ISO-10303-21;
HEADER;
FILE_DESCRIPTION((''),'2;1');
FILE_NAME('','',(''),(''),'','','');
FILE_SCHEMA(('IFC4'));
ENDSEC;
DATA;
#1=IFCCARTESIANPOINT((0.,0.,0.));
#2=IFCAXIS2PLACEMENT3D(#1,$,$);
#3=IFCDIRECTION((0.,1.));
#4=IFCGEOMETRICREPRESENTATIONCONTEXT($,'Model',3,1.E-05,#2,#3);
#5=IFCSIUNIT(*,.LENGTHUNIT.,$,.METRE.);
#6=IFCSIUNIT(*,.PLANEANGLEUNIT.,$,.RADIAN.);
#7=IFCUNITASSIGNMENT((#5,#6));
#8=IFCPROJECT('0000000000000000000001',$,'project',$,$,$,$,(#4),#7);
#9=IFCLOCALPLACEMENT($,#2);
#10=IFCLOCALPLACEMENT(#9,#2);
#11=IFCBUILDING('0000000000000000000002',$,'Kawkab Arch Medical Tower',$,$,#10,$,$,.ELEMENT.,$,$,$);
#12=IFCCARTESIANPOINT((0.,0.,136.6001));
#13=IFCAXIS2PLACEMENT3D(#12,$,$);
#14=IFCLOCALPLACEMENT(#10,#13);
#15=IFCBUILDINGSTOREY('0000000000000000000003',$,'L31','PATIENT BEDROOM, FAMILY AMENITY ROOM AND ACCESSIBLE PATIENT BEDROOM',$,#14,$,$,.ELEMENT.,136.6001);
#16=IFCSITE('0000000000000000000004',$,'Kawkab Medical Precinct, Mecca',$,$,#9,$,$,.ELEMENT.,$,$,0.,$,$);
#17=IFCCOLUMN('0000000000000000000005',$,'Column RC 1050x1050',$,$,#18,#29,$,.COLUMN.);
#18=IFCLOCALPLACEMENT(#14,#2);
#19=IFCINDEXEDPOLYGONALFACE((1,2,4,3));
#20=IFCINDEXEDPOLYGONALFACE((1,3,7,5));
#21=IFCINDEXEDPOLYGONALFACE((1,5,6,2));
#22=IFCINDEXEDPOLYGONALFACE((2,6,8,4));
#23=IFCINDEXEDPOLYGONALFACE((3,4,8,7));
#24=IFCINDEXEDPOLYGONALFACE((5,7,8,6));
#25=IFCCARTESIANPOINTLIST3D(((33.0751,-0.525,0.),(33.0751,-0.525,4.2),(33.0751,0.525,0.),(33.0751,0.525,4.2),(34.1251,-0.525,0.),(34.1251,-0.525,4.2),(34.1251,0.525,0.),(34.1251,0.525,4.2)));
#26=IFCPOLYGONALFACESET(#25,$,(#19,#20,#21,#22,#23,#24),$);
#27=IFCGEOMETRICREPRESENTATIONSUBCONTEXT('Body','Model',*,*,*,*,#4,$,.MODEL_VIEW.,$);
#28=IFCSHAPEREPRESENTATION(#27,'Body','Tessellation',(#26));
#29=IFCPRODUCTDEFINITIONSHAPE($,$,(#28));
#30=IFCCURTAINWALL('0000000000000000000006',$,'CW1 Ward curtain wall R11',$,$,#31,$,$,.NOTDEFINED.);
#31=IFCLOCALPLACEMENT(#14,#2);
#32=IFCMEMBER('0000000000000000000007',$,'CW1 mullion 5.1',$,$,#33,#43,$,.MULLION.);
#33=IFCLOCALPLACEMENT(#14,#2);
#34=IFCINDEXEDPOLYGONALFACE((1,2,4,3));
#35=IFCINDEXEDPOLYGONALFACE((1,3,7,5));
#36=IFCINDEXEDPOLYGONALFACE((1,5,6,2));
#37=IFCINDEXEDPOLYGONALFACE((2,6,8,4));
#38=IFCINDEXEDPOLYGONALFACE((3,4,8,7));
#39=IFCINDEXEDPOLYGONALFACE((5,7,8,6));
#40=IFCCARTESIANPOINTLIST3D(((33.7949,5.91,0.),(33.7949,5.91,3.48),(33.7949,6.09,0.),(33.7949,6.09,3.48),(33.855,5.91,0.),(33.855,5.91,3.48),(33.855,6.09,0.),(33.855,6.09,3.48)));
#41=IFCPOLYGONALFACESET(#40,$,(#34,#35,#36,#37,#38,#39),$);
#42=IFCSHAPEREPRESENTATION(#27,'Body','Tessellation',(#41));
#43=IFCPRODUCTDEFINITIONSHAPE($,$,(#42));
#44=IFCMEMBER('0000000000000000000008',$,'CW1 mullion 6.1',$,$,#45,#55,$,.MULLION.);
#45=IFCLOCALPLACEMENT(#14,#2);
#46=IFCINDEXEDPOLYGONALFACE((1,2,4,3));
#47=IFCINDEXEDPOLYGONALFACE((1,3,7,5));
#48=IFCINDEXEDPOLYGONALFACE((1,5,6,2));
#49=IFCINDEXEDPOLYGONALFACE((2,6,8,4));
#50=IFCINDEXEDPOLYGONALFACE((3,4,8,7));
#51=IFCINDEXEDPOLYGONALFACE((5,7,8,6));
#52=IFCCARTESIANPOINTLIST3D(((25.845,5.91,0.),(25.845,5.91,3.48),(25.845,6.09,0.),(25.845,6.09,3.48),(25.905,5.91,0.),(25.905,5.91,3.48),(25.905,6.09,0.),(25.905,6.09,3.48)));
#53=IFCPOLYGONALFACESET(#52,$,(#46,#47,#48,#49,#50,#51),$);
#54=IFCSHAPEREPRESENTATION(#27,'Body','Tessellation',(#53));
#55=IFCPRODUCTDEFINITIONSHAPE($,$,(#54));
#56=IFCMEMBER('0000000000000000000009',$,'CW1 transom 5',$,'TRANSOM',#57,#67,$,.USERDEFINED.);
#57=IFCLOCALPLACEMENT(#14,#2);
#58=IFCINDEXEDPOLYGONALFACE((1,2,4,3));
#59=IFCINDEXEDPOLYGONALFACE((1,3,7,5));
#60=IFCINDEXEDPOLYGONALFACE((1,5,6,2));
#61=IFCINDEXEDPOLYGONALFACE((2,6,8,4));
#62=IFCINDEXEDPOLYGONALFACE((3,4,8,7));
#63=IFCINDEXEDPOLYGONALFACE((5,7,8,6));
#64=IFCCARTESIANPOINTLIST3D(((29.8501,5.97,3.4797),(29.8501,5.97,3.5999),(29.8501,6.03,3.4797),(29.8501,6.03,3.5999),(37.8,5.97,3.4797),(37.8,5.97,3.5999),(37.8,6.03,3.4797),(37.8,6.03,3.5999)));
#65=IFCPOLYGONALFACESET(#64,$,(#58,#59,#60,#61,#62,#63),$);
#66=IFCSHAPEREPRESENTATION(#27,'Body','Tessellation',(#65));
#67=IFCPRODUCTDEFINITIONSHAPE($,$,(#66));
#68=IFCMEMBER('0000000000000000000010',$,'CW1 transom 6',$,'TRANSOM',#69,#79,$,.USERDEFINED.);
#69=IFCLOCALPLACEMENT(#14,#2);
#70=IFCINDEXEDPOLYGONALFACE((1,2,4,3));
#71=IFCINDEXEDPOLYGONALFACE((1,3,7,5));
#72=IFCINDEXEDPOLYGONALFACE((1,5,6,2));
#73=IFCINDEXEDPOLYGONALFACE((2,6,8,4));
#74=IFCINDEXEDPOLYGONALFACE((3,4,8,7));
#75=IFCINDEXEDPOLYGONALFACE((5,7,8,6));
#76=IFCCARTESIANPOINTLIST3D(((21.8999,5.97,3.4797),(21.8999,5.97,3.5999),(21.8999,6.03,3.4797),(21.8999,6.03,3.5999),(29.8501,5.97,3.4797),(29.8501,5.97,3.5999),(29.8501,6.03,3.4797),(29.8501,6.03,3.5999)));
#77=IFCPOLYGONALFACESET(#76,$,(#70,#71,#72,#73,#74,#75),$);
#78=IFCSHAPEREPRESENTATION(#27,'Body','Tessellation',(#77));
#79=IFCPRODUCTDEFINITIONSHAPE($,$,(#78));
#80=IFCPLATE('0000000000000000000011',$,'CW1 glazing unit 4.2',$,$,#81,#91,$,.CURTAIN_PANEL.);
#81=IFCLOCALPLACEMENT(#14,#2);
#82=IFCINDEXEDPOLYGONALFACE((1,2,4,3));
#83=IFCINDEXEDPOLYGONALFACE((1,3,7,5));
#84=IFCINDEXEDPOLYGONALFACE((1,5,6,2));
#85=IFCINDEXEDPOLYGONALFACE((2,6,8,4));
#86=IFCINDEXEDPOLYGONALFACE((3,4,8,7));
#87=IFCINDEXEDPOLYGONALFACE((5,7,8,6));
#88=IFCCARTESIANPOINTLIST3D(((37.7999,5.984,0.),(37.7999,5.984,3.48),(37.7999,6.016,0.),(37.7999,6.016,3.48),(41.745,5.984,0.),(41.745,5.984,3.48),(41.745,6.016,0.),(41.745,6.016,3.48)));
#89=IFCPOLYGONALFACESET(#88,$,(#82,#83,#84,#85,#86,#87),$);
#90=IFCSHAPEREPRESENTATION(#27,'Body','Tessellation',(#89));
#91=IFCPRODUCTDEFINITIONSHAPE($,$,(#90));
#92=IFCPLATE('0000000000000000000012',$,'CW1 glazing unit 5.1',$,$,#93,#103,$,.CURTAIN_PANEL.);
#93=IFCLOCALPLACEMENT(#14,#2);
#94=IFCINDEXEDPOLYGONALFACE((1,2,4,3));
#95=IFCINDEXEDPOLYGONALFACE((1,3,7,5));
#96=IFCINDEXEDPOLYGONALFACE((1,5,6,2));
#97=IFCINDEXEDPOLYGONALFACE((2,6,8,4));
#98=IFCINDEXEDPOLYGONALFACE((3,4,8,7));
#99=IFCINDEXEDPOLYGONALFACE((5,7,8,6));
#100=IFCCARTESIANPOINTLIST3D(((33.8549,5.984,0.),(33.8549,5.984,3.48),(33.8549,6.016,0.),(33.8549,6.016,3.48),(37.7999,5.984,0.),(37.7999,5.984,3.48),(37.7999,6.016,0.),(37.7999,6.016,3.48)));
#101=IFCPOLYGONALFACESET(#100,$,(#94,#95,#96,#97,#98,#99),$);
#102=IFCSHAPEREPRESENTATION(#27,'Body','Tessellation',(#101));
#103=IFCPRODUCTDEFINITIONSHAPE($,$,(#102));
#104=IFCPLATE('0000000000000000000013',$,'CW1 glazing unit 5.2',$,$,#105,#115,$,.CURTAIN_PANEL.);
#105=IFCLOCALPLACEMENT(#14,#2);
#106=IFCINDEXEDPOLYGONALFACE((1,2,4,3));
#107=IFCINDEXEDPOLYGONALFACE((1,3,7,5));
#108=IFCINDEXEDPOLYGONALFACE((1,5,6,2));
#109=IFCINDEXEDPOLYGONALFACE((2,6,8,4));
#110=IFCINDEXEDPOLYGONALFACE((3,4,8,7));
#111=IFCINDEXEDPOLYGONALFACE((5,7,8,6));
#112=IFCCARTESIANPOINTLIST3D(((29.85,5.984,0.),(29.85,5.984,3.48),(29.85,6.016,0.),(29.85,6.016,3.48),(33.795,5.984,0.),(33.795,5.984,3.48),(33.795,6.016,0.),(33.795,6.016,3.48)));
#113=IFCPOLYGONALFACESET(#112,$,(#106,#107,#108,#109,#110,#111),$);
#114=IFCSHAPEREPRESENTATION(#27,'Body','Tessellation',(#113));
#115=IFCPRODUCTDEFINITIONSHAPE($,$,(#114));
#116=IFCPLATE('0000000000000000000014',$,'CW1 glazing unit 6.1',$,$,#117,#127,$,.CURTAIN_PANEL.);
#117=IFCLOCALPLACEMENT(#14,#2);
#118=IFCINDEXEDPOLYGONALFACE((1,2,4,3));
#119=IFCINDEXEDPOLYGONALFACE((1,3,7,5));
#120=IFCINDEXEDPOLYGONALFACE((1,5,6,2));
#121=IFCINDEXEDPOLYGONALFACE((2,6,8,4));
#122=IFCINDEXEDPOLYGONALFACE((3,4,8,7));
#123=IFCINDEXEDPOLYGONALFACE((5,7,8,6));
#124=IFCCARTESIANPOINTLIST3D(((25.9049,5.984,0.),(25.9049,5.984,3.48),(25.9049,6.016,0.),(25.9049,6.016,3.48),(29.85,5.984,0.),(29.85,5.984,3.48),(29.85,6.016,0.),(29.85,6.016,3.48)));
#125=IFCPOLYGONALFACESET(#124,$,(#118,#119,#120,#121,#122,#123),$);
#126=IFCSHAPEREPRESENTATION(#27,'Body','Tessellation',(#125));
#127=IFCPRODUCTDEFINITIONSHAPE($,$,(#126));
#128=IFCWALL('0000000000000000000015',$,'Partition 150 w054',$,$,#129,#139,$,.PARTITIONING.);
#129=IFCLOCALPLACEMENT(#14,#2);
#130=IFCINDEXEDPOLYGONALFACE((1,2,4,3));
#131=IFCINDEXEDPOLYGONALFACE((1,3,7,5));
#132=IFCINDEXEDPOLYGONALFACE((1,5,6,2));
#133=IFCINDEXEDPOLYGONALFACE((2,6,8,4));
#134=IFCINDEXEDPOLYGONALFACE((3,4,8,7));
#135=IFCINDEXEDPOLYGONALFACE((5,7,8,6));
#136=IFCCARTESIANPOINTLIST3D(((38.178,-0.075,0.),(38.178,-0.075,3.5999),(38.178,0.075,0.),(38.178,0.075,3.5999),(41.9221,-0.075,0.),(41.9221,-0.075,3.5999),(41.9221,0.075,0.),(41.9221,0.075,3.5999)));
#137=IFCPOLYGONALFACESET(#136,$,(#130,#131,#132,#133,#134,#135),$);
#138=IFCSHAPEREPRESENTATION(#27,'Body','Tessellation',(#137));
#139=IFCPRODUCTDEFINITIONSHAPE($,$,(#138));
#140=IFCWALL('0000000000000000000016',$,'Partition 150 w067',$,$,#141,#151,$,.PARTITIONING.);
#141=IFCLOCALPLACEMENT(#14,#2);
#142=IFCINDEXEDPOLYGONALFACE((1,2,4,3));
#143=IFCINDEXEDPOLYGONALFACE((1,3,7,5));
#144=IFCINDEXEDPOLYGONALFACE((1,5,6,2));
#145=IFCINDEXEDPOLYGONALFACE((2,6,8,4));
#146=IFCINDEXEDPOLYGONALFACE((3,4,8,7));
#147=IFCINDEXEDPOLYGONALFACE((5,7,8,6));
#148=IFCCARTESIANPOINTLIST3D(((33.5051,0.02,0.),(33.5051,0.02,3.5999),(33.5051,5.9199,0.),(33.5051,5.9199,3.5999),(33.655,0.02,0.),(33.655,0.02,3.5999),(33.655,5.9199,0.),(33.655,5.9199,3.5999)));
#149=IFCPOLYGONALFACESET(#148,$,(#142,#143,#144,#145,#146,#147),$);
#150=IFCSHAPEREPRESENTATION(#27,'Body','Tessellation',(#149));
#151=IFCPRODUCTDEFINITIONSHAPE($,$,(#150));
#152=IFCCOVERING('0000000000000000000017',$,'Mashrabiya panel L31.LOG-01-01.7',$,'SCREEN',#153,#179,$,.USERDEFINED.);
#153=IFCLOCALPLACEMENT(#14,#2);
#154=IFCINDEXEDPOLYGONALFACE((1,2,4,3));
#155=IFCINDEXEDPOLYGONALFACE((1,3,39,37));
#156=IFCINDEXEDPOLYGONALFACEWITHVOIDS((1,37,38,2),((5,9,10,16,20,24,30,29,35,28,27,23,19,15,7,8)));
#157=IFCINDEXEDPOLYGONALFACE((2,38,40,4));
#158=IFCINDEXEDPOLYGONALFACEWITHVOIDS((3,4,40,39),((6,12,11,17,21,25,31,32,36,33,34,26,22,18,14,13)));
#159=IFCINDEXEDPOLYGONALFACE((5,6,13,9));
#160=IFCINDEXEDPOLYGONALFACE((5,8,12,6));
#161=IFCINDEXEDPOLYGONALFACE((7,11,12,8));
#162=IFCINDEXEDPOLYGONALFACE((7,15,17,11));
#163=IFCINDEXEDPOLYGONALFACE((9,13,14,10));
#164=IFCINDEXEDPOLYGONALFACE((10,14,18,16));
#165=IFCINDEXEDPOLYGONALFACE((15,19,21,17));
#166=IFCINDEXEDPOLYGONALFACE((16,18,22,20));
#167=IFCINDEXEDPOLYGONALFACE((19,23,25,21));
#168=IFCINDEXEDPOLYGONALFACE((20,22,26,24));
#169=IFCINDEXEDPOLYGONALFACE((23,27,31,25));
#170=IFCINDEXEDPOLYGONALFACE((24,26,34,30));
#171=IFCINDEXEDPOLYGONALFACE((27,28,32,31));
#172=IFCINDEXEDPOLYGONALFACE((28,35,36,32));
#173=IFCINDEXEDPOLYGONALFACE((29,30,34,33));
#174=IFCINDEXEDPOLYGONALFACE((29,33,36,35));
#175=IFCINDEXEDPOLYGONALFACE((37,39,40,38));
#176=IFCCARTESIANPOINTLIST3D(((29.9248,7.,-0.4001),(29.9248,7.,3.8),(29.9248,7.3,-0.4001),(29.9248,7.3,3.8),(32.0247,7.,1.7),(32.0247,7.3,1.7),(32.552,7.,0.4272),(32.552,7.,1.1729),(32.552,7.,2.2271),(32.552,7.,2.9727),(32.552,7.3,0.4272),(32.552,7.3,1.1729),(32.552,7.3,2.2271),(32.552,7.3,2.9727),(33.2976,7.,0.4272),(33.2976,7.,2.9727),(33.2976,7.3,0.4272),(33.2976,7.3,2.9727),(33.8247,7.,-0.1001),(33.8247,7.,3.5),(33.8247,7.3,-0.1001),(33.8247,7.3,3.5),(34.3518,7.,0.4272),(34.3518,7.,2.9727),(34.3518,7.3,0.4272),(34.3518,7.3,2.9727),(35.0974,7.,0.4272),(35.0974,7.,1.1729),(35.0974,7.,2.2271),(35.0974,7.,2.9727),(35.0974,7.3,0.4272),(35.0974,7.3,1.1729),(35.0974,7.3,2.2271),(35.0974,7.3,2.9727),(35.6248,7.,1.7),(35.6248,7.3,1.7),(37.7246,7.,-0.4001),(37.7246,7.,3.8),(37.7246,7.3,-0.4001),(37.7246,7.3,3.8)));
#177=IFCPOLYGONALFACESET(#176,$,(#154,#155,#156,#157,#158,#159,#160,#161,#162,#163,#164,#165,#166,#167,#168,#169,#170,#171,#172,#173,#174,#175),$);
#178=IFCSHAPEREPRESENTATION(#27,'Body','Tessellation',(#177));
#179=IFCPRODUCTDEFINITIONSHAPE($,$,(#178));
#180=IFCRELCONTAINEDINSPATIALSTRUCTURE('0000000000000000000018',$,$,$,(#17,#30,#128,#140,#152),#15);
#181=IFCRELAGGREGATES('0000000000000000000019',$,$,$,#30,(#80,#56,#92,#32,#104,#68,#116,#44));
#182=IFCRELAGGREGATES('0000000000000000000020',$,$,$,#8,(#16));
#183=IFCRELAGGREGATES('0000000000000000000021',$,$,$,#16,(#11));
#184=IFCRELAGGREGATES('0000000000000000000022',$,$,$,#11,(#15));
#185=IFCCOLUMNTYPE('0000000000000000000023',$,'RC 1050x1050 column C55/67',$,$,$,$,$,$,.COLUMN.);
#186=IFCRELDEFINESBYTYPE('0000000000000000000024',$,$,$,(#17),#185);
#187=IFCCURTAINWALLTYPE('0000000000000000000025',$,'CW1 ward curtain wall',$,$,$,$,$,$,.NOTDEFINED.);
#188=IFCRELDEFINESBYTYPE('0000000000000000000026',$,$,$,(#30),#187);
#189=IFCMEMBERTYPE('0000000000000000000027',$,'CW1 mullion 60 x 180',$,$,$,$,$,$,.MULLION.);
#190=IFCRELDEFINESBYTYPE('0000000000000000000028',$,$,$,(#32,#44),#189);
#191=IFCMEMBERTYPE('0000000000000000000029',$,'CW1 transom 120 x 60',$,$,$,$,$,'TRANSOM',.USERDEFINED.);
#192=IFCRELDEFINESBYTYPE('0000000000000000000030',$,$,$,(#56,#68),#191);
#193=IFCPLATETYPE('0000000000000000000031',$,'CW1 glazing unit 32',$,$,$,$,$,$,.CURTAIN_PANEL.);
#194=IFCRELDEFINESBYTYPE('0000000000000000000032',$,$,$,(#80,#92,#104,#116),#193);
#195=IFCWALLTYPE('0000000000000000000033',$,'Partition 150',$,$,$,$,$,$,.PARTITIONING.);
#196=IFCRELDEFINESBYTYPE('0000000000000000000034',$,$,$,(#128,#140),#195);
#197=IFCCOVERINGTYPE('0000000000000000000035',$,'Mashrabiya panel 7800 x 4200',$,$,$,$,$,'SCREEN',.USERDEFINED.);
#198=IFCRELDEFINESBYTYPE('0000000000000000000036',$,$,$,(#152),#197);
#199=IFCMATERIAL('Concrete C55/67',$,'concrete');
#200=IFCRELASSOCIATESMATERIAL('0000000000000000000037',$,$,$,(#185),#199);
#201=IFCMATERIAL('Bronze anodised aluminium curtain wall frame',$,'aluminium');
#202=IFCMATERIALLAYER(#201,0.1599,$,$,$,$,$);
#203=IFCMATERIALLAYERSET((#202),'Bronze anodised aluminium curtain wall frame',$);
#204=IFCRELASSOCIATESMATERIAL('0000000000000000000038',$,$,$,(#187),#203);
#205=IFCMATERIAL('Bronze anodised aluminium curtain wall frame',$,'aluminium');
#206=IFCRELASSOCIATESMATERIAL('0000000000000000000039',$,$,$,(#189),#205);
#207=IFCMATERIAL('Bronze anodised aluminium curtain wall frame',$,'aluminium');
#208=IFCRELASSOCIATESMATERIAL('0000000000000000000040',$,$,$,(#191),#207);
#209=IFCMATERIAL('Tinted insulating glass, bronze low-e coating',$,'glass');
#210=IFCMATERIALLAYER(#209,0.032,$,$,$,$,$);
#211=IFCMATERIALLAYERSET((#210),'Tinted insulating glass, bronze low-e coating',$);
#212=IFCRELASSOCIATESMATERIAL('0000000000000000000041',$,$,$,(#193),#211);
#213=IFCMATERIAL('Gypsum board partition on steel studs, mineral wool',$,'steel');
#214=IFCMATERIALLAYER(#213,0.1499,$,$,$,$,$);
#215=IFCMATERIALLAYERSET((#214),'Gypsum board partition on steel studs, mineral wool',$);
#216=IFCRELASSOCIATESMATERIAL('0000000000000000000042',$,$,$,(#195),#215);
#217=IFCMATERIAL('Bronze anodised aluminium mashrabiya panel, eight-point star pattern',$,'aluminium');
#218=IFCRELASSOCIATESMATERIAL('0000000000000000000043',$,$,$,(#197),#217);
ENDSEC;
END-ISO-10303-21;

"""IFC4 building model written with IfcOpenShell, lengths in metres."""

from ifc_helpers import new_model, si_unit, direction, frame, frame_2d, origin, origin_2d, place, context, subcontext, project, spatial, polyline, rectangle, outline, extrude, material, layer, layer_set, material_profile, profile_set, type_object, element, aggregate, save


model = new_model("IFC4")

# Units and contexts
model_context = context("Model", 3, precision=1e-05, world=origin(), true_north=direction((0.0, 1.0)))
body_context = subcontext(model_context, "Body", "Model", "MODEL_VIEW")
ifc_project = project(units=[si_unit("LENGTHUNIT", "METRE"), si_unit("PLANEANGLEUNIT", "RADIAN")], contexts=[model_context])

# Site, building, storey
site_placement = place(None, origin())
site = spatial("IfcSite", under=ifc_project, at=site_placement, Name="Kawkab Medical Precinct, Mecca", CompositionType="ELEMENT", RefElevation=0.0)
building_placement = place(site_placement, origin())
building = spatial("IfcBuilding", under=site, at=building_placement, Name="Kawkab Arch Medical Tower", CompositionType="ELEMENT")
storey_placement = place(building_placement, frame((0.0, 0.0, 136.6001)))
storey = spatial("IfcBuildingStorey", under=building, at=storey_placement, Name="L31", Description="PATIENT BEDROOM, FAMILY AMENITY ROOM AND ACCESSIBLE PATIENT BEDROOM", CompositionType="ELEMENT", Elevation=136.6001)

# Column
ifc_material_1 = material(Name="Concrete C55/67", Category="concrete")
ifc_material_profile_1 = material_profile(ifc_material_1, rectangle(XDim=1.05, YDim=1.05, at=origin_2d()), Name="RC 1050x1050")
ifc_profile_set_1 = profile_set([ifc_material_profile_1], Name="Concrete C55/67")
column_type = type_object("IfcColumnType", Name="RC 1050x1050 column C55/67", PredefinedType="COLUMN", material=ifc_profile_set_1)
column_placement = place(storey_placement, frame((33.6001, 0.0, 0.0), z_axis=(0.0, 0.0, 1.0), x_axis=(1.0, 0.0, 0.0)))
element("IfcColumn", 1, at=column_placement, inside=storey, type_object=column_type, Name="Column RC 1050x1050", PredefinedType="COLUMN", context=body_context, shape_type="SweptSolid", body=[
    extrude(rectangle(XDim=1.05, YDim=1.05, at=origin_2d()), origin(), (0.0, 0.0, 1.0), 4.2),
])

# Curtain wall, members, plates
ifc_material_2 = material(Name="Bronze anodised aluminium curtain wall frame", Category="aluminium")
ifc_layer_1 = layer(ifc_material_2, 0.1599)
ifc_layer_set_1 = layer_set([ifc_layer_1], Name="Bronze anodised aluminium curtain wall frame")
curtain_wall_type = type_object("IfcCurtainWallType", Name="CW1 ward curtain wall", PredefinedType="NOTDEFINED", material=ifc_layer_set_1)
curtain_wall_placement = place(storey_placement, origin())
curtain_wall = element("IfcCurtainWall", 2, at=curtain_wall_placement, inside=storey, type_object=curtain_wall_type, Name="CW1 Ward curtain wall R11", PredefinedType="NOTDEFINED")
ifc_material_3 = material(Name="Bronze anodised aluminium curtain wall frame", Category="aluminium")
ifc_material_profile_2 = material_profile(ifc_material_3, rectangle(XDim=0.1799, YDim=0.0601, at=origin_2d()), Name="AL 60x180")
ifc_profile_set_2 = profile_set([ifc_material_profile_2], Name="Bronze anodised aluminium curtain wall frame")
member_type_1 = type_object("IfcMemberType", Name="CW1 mullion 60 x 180", PredefinedType="MULLION", material=ifc_profile_set_2)
member_1_placement = place(storey_placement, frame((33.825, 6.0, 0.0), z_axis=(0.0, 0.0, 1.0), x_axis=(0.0, -1.0, 0.0)))
member_1 = element("IfcMember", 3, at=member_1_placement, type_object=member_type_1, Name="CW1 mullion 5.1", PredefinedType="MULLION", context=body_context, shape_type="SweptSolid", body=[
    extrude(rectangle(XDim=0.1799, YDim=0.0601, at=origin_2d()), origin(), (0.0, 0.0, 1.0), 3.48),
])
member_2_placement = place(storey_placement, frame((25.875, 6.0, 0.0), z_axis=(0.0, 0.0, 1.0), x_axis=(0.0, -1.0, 0.0)))
member_2 = element("IfcMember", 4, at=member_2_placement, type_object=member_type_1, Name="CW1 mullion 6.1", PredefinedType="MULLION", context=body_context, shape_type="SweptSolid", body=[
    extrude(rectangle(XDim=0.1799, YDim=0.0601, at=origin_2d()), origin(), (0.0, 0.0, 1.0), 3.48),
])
ifc_material_4 = material(Name="Bronze anodised aluminium curtain wall frame", Category="aluminium")
ifc_material_profile_3 = material_profile(ifc_material_4, rectangle(XDim=0.0601, YDim=0.1201, at=origin_2d()), Name="AL 60x120")
ifc_profile_set_3 = profile_set([ifc_material_profile_3], Name="Bronze anodised aluminium curtain wall frame")
member_type_2 = type_object("IfcMemberType", Name="CW1 transom 120 x 60", ElementType="TRANSOM", PredefinedType="USERDEFINED", material=ifc_profile_set_3)
member_3_placement = place(storey_placement, frame((37.8, 6.0, 3.5398), z_axis=(-1.0, 0.0, 0.0), x_axis=(0.0, -1.0, 0.0)))
member_3 = element("IfcMember", 5, at=member_3_placement, type_object=member_type_2, Name="CW1 transom 5", ObjectType="TRANSOM", PredefinedType="USERDEFINED", context=body_context, shape_type="SweptSolid", body=[
    extrude(rectangle(XDim=0.0601, YDim=0.1201, at=origin_2d()), origin(), (0.0, 0.0, 1.0), 7.95),
])
member_4_placement = place(storey_placement, frame((29.8501, 6.0, 3.5398), z_axis=(-1.0, 0.0, 0.0), x_axis=(0.0, -1.0, 0.0)))
member_4 = element("IfcMember", 6, at=member_4_placement, type_object=member_type_2, Name="CW1 transom 6", ObjectType="TRANSOM", PredefinedType="USERDEFINED", context=body_context, shape_type="SweptSolid", body=[
    extrude(rectangle(XDim=0.0601, YDim=0.1201, at=origin_2d()), origin(), (0.0, 0.0, 1.0), 7.9502),
])
ifc_material_5 = material(Name="Tinted insulating glass, bronze low-e coating", Category="glass")
ifc_layer_2 = layer(ifc_material_5, 0.032)
ifc_layer_set_2 = layer_set([ifc_layer_2], Name="Tinted insulating glass, bronze low-e coating")
plate_type = type_object("IfcPlateType", Name="CW1 glazing unit 32", PredefinedType="CURTAIN_PANEL", material=ifc_layer_set_2)
plate_1_placement = place(storey_placement, frame((39.7725, 6.0, 0.0), z_axis=(0.0, 0.0, 1.0), x_axis=(-1.0, 0.0, 0.0)))
plate_1 = element("IfcPlate", 7, at=plate_1_placement, type_object=plate_type, Name="CW1 glazing unit 4.2", PredefinedType="CURTAIN_PANEL", context=body_context, shape_type="SweptSolid", body=[
    extrude(rectangle(XDim=3.9451, YDim=0.032, at=origin_2d()), origin(), (0.0, 0.0, 1.0), 3.48),
])
plate_2_placement = place(storey_placement, frame((35.8274, 6.0, 0.0), z_axis=(0.0, 0.0, 1.0), x_axis=(-1.0, 0.0, 0.0)))
plate_2 = element("IfcPlate", 8, at=plate_2_placement, type_object=plate_type, Name="CW1 glazing unit 5.1", PredefinedType="CURTAIN_PANEL", context=body_context, shape_type="SweptSolid", body=[
    extrude(rectangle(XDim=3.9451, YDim=0.032, at=origin_2d()), origin(), (0.0, 0.0, 1.0), 3.48),
])
plate_3_placement = place(storey_placement, frame((31.8225, 6.0, 0.0), z_axis=(0.0, 0.0, 1.0), x_axis=(-1.0, 0.0, 0.0)))
plate_3 = element("IfcPlate", 9, at=plate_3_placement, type_object=plate_type, Name="CW1 glazing unit 5.2", PredefinedType="CURTAIN_PANEL", context=body_context, shape_type="SweptSolid", body=[
    extrude(rectangle(XDim=3.9451, YDim=0.032, at=origin_2d()), origin(), (0.0, 0.0, 1.0), 3.48),
])
plate_4_placement = place(storey_placement, frame((27.8774, 6.0, 0.0), z_axis=(0.0, 0.0, 1.0), x_axis=(-1.0, 0.0, 0.0)))
plate_4 = element("IfcPlate", 10, at=plate_4_placement, type_object=plate_type, Name="CW1 glazing unit 6.1", PredefinedType="CURTAIN_PANEL", context=body_context, shape_type="SweptSolid", body=[
    extrude(rectangle(XDim=3.9451, YDim=0.032, at=origin_2d()), origin(), (0.0, 0.0, 1.0), 3.48),
])
aggregate(curtain_wall, [plate_1, member_3, plate_2, member_1, plate_3, member_4, plate_4, member_2])

# Walls
ifc_material_6 = material(Name="Gypsum board partition on steel studs, mineral wool", Category="steel")
ifc_layer_3 = layer(ifc_material_6, 0.1499)
ifc_layer_set_3 = layer_set([ifc_layer_3], Name="Gypsum board partition on steel studs, mineral wool")
wall_type = type_object("IfcWallType", Name="Partition 150", PredefinedType="PARTITIONING", material=ifc_layer_set_3)
wall_1_placement = place(storey_placement, frame((38.178, 0.0, 0.0), z_axis=(0.0, 0.0, 1.0), x_axis=(1.0, 0.0, 0.0)))
element("IfcWall", 11, at=wall_1_placement, inside=storey, type_object=wall_type, Name="Partition 150 w054", PredefinedType="PARTITIONING", context=body_context, shape_type="SweptSolid", body=[
    extrude(rectangle(XDim=3.7441, YDim=0.1499, at=frame_2d((1.8721, 0.0))), origin(), (0.0, 0.0, 1.0), 3.5999),
])
wall_2_placement = place(storey_placement, frame((33.5801, 0.02, 0.0), z_axis=(0.0, 0.0, 1.0), x_axis=(0.0, 1.0, 0.0)))
element("IfcWall", 12, at=wall_2_placement, inside=storey, type_object=wall_type, Name="Partition 150 w067", PredefinedType="PARTITIONING", context=body_context, shape_type="SweptSolid", body=[
    extrude(rectangle(XDim=5.8999, YDim=0.1499, at=frame_2d((2.95, 0.0))), origin(), (0.0, 0.0, 1.0), 3.5999),
])

# Covering
ifc_material_7 = material(Name="Bronze anodised aluminium mashrabiya panel, eight-point star pattern", Category="aluminium")
ifc_material_profile_4 = material_profile(ifc_material_7, outline(polyline([(-3.8999, -2.1001), (3.8999, -2.1001), (3.8999, 2.1001), (-3.8999, 2.1001), (-3.8999, -2.1001)]), holes=[polyline([(1.8, 0.0), (1.2727, 0.5271), (1.2727, 1.2727), (0.5271, 1.2727), (0.0, 1.8), (-0.5271, 1.2727), (-1.2727, 1.2727), (-1.2727, 0.5271), (-1.8, 0.0), (-1.2727, -0.5271), (-1.2727, -1.2727), (-0.5271, -1.2727), (0.0, -1.8), (0.5271, -1.2727), (1.2727, -1.2727), (1.2727, -0.5271), (1.8, 0.0)])]), Name="Mashrabiya panel 7800x4200")
ifc_profile_set_4 = profile_set([ifc_material_profile_4], Name="Bronze anodised aluminium mashrabiya panel, eight-point star pattern")
covering_type_1 = type_object("IfcCoveringType", Name="Mashrabiya panel 7800 x 4200", ElementType="SCREEN", PredefinedType="USERDEFINED", material=ifc_profile_set_4)
covering_placement = place(storey_placement, frame((33.8247, 7.0, 1.7), z_axis=(0.0, 1.0, 0.0), x_axis=(-1.0, 0.0, 0.0)))
element("IfcCovering", 13, at=covering_placement, inside=storey, type_object=covering_type_1, Name="Mashrabiya panel L31.LOG-01-01.7", ObjectType="SCREEN", PredefinedType="USERDEFINED", context=body_context, shape_type="SweptSolid", body=[
    extrude(outline(polyline([(-3.8999, -2.1001), (3.8999, -2.1001), (3.8999, 2.1001), (-3.8999, 2.1001), (-3.8999, -2.1001)]), holes=[polyline([(1.8, 0.0), (1.2727, 0.5271), (1.2727, 1.2727), (0.5271, 1.2727), (0.0, 1.8), (-0.5271, 1.2727), (-1.2727, 1.2727), (-1.2727, 0.5271), (-1.8, 0.0), (-1.2727, -0.5271), (-1.2727, -1.2727), (-0.5271, -1.2727), (0.0, -1.8), (0.5271, -1.2727), (1.2727, -1.2727), (1.2727, -0.5271), (1.8, 0.0)])]), origin(), (0.0, 0.0, 1.0), 0.3),
])

save(model, "model.ifc")
